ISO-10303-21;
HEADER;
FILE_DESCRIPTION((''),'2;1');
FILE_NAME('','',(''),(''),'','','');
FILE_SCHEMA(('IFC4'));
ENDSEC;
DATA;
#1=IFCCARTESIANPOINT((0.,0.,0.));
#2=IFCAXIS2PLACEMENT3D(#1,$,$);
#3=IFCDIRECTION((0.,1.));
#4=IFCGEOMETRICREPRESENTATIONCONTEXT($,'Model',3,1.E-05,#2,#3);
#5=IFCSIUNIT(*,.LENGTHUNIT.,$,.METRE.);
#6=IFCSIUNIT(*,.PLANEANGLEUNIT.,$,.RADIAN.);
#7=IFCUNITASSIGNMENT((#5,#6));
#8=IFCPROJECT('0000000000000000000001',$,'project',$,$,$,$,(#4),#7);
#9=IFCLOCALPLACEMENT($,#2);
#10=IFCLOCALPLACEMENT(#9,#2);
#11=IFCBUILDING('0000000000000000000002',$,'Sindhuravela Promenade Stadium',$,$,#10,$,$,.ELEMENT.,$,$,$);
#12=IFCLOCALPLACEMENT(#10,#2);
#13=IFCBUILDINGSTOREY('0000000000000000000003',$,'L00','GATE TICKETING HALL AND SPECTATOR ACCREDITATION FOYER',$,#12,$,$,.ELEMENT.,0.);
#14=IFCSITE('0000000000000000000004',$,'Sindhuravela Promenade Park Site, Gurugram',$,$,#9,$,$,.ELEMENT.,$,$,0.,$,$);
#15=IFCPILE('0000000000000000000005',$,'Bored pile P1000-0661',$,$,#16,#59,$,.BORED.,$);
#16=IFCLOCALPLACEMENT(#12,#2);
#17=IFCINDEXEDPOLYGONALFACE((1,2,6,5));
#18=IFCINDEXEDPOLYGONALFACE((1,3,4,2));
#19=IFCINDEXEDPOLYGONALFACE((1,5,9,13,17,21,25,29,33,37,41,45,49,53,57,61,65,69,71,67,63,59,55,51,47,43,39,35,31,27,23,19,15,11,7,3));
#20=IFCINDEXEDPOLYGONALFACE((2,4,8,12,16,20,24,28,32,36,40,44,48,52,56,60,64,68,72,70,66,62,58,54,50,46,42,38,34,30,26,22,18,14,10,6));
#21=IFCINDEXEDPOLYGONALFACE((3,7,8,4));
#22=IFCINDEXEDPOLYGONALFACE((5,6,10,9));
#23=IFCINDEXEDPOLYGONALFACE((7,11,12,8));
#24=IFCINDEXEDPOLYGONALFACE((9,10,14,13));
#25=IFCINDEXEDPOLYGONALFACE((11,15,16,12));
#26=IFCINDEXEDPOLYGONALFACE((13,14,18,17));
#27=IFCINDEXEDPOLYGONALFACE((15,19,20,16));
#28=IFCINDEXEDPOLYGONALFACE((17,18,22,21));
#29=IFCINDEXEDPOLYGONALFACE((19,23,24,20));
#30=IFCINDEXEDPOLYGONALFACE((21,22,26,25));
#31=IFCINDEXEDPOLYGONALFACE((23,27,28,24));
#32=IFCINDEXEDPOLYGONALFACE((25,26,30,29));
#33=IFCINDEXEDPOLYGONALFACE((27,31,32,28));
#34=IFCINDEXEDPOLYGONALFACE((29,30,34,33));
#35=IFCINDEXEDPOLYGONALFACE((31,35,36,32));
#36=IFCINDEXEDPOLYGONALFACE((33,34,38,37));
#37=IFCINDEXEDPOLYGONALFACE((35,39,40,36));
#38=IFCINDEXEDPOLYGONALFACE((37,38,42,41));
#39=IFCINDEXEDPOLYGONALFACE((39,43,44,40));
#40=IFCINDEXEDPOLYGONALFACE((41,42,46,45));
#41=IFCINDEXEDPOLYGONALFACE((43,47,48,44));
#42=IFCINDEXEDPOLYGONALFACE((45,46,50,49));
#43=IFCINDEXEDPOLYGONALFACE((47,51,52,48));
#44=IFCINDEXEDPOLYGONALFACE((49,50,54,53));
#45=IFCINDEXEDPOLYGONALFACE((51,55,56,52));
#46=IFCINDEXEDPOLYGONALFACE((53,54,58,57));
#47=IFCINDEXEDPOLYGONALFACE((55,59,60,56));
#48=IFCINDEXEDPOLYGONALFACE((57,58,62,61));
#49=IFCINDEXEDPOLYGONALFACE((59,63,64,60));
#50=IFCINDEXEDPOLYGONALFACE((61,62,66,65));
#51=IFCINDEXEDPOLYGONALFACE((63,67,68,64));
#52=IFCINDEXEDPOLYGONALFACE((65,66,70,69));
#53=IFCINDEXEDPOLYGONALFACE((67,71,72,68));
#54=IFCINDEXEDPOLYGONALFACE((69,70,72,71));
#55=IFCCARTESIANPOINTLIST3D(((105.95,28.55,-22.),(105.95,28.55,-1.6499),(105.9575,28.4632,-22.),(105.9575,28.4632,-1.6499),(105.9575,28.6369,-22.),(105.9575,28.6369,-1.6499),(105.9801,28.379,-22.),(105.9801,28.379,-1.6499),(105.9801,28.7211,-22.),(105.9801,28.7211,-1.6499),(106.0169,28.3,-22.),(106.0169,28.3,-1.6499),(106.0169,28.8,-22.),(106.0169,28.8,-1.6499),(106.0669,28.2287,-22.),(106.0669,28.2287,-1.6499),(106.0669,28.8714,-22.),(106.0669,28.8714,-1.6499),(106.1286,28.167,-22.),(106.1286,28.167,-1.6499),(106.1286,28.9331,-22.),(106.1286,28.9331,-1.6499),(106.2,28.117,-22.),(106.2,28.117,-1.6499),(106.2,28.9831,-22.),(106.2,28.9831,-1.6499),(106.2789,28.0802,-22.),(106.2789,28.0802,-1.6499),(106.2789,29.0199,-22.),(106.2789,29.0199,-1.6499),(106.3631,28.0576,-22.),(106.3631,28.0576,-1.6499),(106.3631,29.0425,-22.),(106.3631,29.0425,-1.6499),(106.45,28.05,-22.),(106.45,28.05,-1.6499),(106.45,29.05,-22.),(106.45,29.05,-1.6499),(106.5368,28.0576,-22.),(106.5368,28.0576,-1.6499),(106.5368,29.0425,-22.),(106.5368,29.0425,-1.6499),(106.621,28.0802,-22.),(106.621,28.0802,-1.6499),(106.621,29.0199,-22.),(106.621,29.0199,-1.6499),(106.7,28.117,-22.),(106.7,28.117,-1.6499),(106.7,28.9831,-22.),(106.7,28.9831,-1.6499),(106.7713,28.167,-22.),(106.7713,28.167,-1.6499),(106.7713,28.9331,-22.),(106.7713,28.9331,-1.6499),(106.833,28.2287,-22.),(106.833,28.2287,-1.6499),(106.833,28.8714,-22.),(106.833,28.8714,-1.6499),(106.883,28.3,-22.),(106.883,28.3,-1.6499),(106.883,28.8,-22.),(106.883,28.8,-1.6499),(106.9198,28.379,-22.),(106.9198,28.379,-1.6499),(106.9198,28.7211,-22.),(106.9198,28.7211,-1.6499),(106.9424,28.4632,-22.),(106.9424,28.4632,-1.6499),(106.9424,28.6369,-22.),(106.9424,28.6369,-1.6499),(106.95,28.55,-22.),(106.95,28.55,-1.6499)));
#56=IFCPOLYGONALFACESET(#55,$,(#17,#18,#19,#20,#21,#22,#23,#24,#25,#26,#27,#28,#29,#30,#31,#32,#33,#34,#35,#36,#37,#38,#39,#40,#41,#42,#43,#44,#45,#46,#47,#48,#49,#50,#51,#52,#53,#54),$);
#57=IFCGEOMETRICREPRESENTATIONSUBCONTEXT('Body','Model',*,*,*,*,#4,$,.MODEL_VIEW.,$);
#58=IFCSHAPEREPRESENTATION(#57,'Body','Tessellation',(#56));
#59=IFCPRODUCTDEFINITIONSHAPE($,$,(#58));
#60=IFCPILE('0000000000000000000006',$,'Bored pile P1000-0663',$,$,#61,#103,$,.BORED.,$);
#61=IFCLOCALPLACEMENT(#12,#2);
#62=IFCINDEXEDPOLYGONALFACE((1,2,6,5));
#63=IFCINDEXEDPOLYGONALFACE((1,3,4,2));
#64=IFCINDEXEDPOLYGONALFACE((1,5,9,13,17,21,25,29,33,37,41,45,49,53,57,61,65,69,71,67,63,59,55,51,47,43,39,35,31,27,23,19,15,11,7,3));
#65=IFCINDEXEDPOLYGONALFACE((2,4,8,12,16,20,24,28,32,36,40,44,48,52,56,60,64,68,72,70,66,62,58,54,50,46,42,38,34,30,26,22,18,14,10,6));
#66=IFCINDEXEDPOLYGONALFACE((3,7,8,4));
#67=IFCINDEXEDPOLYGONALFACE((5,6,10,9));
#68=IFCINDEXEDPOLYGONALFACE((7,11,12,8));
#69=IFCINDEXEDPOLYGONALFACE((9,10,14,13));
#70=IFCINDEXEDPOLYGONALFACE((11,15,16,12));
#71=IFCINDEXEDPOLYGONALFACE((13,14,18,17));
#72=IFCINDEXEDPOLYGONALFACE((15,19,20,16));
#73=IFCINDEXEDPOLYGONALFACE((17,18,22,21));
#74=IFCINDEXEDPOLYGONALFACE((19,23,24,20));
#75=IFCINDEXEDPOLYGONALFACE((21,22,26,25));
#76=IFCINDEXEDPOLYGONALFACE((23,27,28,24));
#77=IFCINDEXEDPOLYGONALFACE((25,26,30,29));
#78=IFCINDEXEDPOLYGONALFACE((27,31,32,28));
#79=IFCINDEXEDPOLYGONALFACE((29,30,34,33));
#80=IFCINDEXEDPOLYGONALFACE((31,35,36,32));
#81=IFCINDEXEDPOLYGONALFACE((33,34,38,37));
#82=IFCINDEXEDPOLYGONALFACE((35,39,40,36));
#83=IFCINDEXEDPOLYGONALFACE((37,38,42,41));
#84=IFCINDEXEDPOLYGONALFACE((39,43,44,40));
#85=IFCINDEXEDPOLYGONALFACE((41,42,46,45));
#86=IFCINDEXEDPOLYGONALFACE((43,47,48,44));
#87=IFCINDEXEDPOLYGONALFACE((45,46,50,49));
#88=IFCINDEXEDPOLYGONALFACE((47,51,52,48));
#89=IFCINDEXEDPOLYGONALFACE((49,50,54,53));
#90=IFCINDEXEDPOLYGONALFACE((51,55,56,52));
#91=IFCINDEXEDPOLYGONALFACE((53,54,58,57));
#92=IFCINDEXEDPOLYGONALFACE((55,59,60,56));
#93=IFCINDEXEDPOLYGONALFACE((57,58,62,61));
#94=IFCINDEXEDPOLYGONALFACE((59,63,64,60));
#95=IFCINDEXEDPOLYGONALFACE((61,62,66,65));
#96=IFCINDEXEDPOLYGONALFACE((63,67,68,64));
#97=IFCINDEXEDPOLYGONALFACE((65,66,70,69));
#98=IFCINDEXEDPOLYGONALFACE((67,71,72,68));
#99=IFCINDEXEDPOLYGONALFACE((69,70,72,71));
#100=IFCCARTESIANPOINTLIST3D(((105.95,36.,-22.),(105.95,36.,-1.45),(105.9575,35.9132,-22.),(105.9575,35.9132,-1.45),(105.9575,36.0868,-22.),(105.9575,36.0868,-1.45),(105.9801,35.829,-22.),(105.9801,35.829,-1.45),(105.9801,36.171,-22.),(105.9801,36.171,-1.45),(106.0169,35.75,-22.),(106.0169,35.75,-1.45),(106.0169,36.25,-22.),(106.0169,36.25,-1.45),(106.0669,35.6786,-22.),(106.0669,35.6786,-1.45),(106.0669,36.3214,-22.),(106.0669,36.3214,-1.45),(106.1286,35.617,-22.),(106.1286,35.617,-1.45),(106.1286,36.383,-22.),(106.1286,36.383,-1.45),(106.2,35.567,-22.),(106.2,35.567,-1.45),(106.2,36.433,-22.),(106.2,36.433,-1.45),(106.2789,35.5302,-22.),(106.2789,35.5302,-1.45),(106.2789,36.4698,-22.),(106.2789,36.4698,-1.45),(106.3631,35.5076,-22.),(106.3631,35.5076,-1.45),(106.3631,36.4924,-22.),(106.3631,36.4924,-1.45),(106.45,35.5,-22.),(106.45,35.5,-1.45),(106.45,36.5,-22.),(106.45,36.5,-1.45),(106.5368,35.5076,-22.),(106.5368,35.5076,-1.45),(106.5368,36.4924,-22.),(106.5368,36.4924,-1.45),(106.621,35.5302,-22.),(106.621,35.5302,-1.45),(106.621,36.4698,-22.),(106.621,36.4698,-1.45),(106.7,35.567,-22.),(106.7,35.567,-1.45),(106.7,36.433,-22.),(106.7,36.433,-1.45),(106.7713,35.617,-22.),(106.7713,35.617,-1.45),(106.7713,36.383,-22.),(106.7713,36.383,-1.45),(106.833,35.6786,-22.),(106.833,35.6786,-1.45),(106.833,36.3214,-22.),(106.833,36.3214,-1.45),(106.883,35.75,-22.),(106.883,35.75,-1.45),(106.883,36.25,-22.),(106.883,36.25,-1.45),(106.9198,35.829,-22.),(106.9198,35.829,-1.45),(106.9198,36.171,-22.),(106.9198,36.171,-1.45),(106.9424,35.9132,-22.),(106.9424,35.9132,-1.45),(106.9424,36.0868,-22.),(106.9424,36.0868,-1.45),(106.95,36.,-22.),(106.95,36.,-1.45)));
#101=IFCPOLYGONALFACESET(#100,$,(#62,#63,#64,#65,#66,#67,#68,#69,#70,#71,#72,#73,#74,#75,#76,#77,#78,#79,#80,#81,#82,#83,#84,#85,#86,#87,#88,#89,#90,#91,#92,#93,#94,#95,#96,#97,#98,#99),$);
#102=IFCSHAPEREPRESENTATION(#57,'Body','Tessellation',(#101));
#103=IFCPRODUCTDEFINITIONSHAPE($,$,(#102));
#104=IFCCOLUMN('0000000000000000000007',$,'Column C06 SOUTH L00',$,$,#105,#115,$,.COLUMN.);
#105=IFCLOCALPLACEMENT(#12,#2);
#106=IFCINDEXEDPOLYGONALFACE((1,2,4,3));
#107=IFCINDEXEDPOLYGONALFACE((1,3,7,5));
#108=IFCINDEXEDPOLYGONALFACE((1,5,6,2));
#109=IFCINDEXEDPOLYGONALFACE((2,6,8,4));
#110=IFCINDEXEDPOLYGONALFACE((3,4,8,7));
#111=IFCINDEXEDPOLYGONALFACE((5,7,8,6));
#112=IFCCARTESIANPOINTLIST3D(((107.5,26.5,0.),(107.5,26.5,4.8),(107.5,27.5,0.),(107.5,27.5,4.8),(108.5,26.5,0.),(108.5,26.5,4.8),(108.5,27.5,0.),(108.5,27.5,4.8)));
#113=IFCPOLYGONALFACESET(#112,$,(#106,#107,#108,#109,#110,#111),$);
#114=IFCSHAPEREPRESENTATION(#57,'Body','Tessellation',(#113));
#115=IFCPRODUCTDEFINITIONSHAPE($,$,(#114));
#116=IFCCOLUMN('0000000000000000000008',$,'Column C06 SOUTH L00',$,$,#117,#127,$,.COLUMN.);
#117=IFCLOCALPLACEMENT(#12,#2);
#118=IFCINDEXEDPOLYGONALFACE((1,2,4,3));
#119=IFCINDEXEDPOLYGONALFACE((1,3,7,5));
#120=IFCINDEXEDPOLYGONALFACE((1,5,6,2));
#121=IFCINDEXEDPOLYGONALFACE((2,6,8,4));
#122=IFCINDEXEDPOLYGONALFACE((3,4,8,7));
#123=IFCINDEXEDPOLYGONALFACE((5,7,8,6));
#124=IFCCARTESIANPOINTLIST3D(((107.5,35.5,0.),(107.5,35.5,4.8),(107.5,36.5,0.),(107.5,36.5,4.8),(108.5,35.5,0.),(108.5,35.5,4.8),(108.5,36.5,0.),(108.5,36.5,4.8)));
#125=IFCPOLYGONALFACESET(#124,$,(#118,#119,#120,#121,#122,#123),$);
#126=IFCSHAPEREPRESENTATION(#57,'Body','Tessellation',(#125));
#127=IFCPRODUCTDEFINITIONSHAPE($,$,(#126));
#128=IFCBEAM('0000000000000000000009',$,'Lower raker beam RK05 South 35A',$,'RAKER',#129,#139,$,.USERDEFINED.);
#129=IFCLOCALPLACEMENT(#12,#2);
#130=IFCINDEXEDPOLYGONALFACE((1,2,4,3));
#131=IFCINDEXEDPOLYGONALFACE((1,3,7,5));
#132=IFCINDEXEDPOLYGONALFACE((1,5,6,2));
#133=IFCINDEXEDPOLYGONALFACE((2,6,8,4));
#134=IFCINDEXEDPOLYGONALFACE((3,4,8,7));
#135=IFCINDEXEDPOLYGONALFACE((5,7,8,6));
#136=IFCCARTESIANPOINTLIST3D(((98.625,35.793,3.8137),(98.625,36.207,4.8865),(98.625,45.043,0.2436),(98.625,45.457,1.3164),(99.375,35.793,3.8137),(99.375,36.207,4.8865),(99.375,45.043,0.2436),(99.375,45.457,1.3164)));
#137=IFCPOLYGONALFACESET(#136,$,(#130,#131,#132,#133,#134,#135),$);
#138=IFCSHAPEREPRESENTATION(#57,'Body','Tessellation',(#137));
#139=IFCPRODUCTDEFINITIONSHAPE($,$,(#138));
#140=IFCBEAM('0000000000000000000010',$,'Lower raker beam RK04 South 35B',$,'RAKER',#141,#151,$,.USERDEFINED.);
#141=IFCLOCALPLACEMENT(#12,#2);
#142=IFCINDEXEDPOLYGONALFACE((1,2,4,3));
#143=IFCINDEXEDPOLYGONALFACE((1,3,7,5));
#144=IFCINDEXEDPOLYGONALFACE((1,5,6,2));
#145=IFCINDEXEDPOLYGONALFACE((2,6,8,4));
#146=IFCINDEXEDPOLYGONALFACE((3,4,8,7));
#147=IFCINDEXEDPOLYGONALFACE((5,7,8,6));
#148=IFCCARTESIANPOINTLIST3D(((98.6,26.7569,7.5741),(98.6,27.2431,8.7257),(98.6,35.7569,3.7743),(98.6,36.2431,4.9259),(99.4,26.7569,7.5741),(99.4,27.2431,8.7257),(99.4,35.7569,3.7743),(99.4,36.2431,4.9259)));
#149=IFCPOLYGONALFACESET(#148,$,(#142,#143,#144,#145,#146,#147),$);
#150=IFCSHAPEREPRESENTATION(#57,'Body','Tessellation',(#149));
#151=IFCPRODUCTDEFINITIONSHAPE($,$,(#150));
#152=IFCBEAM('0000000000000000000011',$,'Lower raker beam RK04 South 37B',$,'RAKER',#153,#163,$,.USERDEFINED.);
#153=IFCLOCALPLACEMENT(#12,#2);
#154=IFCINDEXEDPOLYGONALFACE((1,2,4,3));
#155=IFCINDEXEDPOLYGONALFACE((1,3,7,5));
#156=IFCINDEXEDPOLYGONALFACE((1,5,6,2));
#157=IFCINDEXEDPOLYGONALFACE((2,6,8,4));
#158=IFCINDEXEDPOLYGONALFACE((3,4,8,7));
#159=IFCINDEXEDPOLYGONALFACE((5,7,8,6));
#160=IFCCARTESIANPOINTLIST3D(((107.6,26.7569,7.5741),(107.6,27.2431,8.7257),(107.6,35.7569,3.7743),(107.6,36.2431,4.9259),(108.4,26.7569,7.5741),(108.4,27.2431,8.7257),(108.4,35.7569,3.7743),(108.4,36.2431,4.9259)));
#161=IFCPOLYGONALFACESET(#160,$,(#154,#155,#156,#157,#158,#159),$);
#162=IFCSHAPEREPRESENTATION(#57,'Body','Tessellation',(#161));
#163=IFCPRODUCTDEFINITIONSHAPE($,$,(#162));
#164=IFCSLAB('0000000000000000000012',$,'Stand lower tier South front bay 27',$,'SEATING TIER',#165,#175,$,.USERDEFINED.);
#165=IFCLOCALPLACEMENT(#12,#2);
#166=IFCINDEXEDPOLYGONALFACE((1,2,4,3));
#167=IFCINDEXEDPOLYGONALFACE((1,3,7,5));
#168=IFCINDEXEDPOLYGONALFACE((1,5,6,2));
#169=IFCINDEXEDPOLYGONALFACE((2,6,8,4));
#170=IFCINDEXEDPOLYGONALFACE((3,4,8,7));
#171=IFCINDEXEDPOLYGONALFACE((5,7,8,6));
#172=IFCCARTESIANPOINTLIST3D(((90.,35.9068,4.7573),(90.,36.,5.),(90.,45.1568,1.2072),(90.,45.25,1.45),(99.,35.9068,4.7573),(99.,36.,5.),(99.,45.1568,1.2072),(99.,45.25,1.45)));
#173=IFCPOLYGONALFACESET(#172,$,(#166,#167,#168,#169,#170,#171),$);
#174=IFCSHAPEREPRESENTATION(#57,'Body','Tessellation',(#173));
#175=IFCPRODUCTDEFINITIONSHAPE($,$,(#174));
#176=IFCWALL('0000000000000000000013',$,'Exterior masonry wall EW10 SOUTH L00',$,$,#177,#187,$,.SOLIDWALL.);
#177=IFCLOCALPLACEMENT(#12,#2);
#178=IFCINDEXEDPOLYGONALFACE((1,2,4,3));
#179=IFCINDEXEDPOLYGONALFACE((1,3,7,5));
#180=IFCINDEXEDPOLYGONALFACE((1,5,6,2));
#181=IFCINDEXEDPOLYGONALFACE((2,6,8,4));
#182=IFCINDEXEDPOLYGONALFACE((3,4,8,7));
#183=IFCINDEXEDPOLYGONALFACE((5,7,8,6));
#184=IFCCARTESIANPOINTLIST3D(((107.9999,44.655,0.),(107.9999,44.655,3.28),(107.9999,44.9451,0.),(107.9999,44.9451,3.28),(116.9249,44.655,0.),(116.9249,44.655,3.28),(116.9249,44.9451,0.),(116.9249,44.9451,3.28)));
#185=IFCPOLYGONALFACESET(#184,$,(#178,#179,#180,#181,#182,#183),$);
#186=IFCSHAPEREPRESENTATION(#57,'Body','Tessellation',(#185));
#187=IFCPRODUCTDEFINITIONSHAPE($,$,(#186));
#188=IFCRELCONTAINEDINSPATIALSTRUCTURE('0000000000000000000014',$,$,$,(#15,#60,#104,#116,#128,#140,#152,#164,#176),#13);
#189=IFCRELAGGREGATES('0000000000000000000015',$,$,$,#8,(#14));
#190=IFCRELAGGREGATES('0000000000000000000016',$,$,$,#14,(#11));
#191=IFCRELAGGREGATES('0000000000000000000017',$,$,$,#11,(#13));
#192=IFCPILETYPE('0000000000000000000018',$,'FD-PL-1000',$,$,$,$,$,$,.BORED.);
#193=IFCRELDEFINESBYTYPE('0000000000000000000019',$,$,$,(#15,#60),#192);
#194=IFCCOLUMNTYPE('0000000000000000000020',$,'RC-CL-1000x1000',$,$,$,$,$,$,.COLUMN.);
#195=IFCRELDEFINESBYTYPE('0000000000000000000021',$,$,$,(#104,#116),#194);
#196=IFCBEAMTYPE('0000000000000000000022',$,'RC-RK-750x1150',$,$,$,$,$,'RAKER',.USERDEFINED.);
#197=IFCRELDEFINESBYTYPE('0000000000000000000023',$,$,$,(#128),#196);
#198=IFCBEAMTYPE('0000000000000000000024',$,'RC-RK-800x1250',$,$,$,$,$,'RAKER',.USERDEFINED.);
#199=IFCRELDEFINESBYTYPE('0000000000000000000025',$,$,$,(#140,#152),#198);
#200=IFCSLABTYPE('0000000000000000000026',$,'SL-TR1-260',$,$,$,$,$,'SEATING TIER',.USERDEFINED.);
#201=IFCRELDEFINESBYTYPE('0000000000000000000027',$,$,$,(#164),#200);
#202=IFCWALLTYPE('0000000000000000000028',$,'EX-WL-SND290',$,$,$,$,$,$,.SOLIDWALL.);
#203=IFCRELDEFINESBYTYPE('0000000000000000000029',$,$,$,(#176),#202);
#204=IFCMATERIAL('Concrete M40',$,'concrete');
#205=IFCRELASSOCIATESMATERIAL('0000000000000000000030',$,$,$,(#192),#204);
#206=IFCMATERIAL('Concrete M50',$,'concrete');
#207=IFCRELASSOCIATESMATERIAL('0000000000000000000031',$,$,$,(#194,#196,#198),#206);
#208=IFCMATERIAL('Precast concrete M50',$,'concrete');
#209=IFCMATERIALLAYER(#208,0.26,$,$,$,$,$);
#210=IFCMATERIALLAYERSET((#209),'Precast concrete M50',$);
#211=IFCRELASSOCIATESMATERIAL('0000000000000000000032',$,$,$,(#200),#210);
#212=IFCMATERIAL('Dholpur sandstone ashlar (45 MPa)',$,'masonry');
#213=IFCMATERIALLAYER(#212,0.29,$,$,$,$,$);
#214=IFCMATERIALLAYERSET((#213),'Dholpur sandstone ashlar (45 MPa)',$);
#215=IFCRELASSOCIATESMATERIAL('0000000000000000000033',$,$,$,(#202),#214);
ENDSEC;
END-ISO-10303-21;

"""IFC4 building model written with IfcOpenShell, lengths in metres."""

from ifc_helpers import new_model, si_unit, direction, frame, frame_2d, origin, origin_2d, place, context, subcontext, project, spatial, polyline, rectangle, circle, outline, extrude, material, layer, layer_set, material_profile, profile_set, type_object, element, save


model = new_model("IFC4")

# Units and contexts
model_context = context("Model", 3, precision=1e-05, world=origin(), true_north=direction((0.0, 1.0)))
body_context = subcontext(model_context, "Body", "Model", "MODEL_VIEW")
ifc_project = project(units=[si_unit("LENGTHUNIT", "METRE"), si_unit("PLANEANGLEUNIT", "RADIAN")], contexts=[model_context])

# Site, building, storey
site_placement = place(None, origin())
site = spatial("IfcSite", under=ifc_project, at=site_placement, Name="Sindhuravela Promenade Park Site, Gurugram", CompositionType="ELEMENT", RefElevation=0.0)
building_placement = place(site_placement, origin())
building = spatial("IfcBuilding", under=site, at=building_placement, Name="Sindhuravela Promenade Stadium", CompositionType="ELEMENT")
storey_placement = place(building_placement, origin())
storey = spatial("IfcBuildingStorey", under=building, at=storey_placement, Name="L00", Description="GATE TICKETING HALL AND SPECTATOR ACCREDITATION FOYER", CompositionType="ELEMENT", Elevation=0.0)

# Shared definitions
ifc_material_1 = material(Name="Concrete M40", Category="concrete")
ifc_material_2 = material(Name="Concrete M50", Category="concrete")

# Piles
ifc_material_profile_1 = material_profile(ifc_material_1, circle(Radius=0.5, at=origin_2d()), Name="BORED PILE D1000")
ifc_profile_set_1 = profile_set([ifc_material_profile_1], Name="Concrete M40")
pile_type = type_object("IfcPileType", Name="FD-PL-1000", PredefinedType="BORED", material=ifc_profile_set_1)
pile_1_placement = place(storey_placement, frame((106.45, 28.55, -1.6499), z_axis=(0.0, 0.0, -1.0), x_axis=(1.0, 0.0, 0.0)))
element("IfcPile", 1, at=pile_1_placement, inside=storey, type_object=pile_type, Name="Bored pile P1000-0661", PredefinedType="BORED", context=body_context, shape_type="SweptSolid", body=[
    extrude(circle(Radius=0.5, at=origin_2d()), origin(), (0.0, 0.0, 1.0), 20.3501),
])
pile_2_placement = place(storey_placement, frame((106.45, 36.0, -1.45), z_axis=(0.0, 0.0, -1.0), x_axis=(1.0, 0.0, 0.0)))
element("IfcPile", 2, at=pile_2_placement, inside=storey, type_object=pile_type, Name="Bored pile P1000-0663", PredefinedType="BORED", context=body_context, shape_type="SweptSolid", body=[
    extrude(circle(Radius=0.5, at=origin_2d()), origin(), (0.0, 0.0, 1.0), 20.55),
])

# Columns
ifc_material_profile_2 = material_profile(ifc_material_2, rectangle(XDim=1.0, YDim=1.0, at=origin_2d()), Name="RC 1000x1000")
ifc_profile_set_2 = profile_set([ifc_material_profile_2], Name="Concrete M50")
column_type = type_object("IfcColumnType", Name="RC-CL-1000x1000", PredefinedType="COLUMN", material=ifc_profile_set_2)
for number, where, z_axis, x_axis, name in (
    (3, (108.0, 27.0, 0.0), (0.0, 0.0, 1.0), (1.0, 0.0, 0.0), "Column C06 SOUTH L00"),
    (4, (108.0, 36.0, 0.0), (0.0, 0.0, 1.0), (1.0, 0.0, 0.0), "Column C06 SOUTH L00"),
):
    element("IfcColumn", number, at=place(storey_placement, frame(where, z_axis=z_axis, x_axis=x_axis)), inside=storey, type_object=column_type, Name=name, PredefinedType="COLUMN", context=body_context, shape_type="SweptSolid", body=[
        extrude(rectangle(XDim=1.0, YDim=1.0, at=origin_2d()), origin(), (0.0, 0.0, 1.0), 4.8),
    ])

# Beams
ifc_material_profile_3 = material_profile(ifc_material_2, rectangle(XDim=0.75, YDim=1.1499, at=origin_2d()), Name="RC 750x1150")
ifc_profile_set_3 = profile_set([ifc_material_profile_3], Name="Concrete M50")
beam_type_1 = type_object("IfcBeamType", Name="RC-RK-750x1150", ElementType="RAKER", PredefinedType="USERDEFINED", material=ifc_profile_set_3)
beam_placement = place(storey_placement, frame((99.0, 45.25, 0.78), z_axis=(0.0, -0.932927, 0.360066), x_axis=(1.0, 0.0, 0.0)))
element("IfcBeam", 5, at=beam_placement, inside=storey, type_object=beam_type_1, Name="Lower raker beam RK05 South 35A", ObjectType="RAKER", PredefinedType="USERDEFINED", context=body_context, shape_type="SweptSolid", body=[
    extrude(rectangle(XDim=0.75, YDim=1.1499, at=origin_2d()), origin(), (0.0, 0.0, 1.0), 9.915),
])
ifc_material_profile_4 = material_profile(ifc_material_2, rectangle(XDim=0.8, YDim=1.25, at=origin_2d()), Name="RC 800x1250")
ifc_profile_set_4 = profile_set([ifc_material_profile_4], Name="Concrete M50")
beam_type_2 = type_object("IfcBeamType", Name="RC-RK-800x1250", ElementType="RAKER", PredefinedType="USERDEFINED", material=ifc_profile_set_4)
for number, where, z_axis, x_axis, name in (
    (6, (99.0, 36.0, 4.3501), (0.0, -0.921257, 0.388955), (1.0, 0.0, 0.0), "Lower raker beam RK04 South 35B"),
    (7, (108.0, 36.0, 4.3501), (0.0, -0.921257, 0.388955), (1.0, 0.0, 0.0), "Lower raker beam RK04 South 37B"),
):
    element("IfcBeam", number, at=place(storey_placement, frame(where, z_axis=z_axis, x_axis=x_axis)), inside=storey, type_object=beam_type_2, Name=name, ObjectType="RAKER", PredefinedType="USERDEFINED", context=body_context, shape_type="SweptSolid", body=[
        extrude(rectangle(XDim=0.8, YDim=1.25, at=origin_2d()), origin(), (0.0, 0.0, 1.0), 9.7693),
    ])

# Slab
ifc_material_3 = material(Name="Precast concrete M50", Category="concrete")
ifc_layer_1 = layer(ifc_material_3, 0.26)
ifc_layer_set_1 = layer_set([ifc_layer_1], Name="Precast concrete M50")
slab_type = type_object("IfcSlabType", Name="SL-TR1-260", ElementType="SEATING TIER", PredefinedType="USERDEFINED", material=ifc_layer_set_1)
slab_placement = place(storey_placement, frame((99.0, 45.25, 1.45), z_axis=(0.0, 0.358307, 0.933604), x_axis=(-1.0, 0.0, 0.0)))
element("IfcSlab", 8, at=slab_placement, inside=storey, type_object=slab_type, Name="Stand lower tier South front bay 27", ObjectType="SEATING TIER", PredefinedType="USERDEFINED", context=body_context, shape_type="SweptSolid", body=[
    extrude(outline(polyline([(0.0, 0.0), (9.0, 0.0), (9.0, 9.9078), (0.0, 9.9078), (0.0, 0.0)])), origin(), (0.0, 0.0, -1.0), 0.26),
])

# Wall
ifc_material_4 = material(Name="Dholpur sandstone ashlar (45 MPa)", Category="masonry")
ifc_layer_2 = layer(ifc_material_4, 0.29)
ifc_layer_set_2 = layer_set([ifc_layer_2], Name="Dholpur sandstone ashlar (45 MPa)")
wall_type_1 = type_object("IfcWallType", Name="EX-WL-SND290", PredefinedType="SOLIDWALL", material=ifc_layer_set_2)
wall_1_placement = place(storey_placement, frame((108.0, 44.8, 0.0), z_axis=(0.0, 0.0, 1.0), x_axis=(1.0, 0.0, 0.0)))
element("IfcWall", 9, at=wall_1_placement, inside=storey, type_object=wall_type_1, Name="Exterior masonry wall EW10 SOUTH L00", PredefinedType="SOLIDWALL", context=body_context, shape_type="SweptSolid", body=[
    extrude(rectangle(XDim=8.925, YDim=0.29, at=frame_2d((4.4624, 0.0))), origin(), (0.0, 0.0, 1.0), 3.28),
])

save(model, "model.ifc")
